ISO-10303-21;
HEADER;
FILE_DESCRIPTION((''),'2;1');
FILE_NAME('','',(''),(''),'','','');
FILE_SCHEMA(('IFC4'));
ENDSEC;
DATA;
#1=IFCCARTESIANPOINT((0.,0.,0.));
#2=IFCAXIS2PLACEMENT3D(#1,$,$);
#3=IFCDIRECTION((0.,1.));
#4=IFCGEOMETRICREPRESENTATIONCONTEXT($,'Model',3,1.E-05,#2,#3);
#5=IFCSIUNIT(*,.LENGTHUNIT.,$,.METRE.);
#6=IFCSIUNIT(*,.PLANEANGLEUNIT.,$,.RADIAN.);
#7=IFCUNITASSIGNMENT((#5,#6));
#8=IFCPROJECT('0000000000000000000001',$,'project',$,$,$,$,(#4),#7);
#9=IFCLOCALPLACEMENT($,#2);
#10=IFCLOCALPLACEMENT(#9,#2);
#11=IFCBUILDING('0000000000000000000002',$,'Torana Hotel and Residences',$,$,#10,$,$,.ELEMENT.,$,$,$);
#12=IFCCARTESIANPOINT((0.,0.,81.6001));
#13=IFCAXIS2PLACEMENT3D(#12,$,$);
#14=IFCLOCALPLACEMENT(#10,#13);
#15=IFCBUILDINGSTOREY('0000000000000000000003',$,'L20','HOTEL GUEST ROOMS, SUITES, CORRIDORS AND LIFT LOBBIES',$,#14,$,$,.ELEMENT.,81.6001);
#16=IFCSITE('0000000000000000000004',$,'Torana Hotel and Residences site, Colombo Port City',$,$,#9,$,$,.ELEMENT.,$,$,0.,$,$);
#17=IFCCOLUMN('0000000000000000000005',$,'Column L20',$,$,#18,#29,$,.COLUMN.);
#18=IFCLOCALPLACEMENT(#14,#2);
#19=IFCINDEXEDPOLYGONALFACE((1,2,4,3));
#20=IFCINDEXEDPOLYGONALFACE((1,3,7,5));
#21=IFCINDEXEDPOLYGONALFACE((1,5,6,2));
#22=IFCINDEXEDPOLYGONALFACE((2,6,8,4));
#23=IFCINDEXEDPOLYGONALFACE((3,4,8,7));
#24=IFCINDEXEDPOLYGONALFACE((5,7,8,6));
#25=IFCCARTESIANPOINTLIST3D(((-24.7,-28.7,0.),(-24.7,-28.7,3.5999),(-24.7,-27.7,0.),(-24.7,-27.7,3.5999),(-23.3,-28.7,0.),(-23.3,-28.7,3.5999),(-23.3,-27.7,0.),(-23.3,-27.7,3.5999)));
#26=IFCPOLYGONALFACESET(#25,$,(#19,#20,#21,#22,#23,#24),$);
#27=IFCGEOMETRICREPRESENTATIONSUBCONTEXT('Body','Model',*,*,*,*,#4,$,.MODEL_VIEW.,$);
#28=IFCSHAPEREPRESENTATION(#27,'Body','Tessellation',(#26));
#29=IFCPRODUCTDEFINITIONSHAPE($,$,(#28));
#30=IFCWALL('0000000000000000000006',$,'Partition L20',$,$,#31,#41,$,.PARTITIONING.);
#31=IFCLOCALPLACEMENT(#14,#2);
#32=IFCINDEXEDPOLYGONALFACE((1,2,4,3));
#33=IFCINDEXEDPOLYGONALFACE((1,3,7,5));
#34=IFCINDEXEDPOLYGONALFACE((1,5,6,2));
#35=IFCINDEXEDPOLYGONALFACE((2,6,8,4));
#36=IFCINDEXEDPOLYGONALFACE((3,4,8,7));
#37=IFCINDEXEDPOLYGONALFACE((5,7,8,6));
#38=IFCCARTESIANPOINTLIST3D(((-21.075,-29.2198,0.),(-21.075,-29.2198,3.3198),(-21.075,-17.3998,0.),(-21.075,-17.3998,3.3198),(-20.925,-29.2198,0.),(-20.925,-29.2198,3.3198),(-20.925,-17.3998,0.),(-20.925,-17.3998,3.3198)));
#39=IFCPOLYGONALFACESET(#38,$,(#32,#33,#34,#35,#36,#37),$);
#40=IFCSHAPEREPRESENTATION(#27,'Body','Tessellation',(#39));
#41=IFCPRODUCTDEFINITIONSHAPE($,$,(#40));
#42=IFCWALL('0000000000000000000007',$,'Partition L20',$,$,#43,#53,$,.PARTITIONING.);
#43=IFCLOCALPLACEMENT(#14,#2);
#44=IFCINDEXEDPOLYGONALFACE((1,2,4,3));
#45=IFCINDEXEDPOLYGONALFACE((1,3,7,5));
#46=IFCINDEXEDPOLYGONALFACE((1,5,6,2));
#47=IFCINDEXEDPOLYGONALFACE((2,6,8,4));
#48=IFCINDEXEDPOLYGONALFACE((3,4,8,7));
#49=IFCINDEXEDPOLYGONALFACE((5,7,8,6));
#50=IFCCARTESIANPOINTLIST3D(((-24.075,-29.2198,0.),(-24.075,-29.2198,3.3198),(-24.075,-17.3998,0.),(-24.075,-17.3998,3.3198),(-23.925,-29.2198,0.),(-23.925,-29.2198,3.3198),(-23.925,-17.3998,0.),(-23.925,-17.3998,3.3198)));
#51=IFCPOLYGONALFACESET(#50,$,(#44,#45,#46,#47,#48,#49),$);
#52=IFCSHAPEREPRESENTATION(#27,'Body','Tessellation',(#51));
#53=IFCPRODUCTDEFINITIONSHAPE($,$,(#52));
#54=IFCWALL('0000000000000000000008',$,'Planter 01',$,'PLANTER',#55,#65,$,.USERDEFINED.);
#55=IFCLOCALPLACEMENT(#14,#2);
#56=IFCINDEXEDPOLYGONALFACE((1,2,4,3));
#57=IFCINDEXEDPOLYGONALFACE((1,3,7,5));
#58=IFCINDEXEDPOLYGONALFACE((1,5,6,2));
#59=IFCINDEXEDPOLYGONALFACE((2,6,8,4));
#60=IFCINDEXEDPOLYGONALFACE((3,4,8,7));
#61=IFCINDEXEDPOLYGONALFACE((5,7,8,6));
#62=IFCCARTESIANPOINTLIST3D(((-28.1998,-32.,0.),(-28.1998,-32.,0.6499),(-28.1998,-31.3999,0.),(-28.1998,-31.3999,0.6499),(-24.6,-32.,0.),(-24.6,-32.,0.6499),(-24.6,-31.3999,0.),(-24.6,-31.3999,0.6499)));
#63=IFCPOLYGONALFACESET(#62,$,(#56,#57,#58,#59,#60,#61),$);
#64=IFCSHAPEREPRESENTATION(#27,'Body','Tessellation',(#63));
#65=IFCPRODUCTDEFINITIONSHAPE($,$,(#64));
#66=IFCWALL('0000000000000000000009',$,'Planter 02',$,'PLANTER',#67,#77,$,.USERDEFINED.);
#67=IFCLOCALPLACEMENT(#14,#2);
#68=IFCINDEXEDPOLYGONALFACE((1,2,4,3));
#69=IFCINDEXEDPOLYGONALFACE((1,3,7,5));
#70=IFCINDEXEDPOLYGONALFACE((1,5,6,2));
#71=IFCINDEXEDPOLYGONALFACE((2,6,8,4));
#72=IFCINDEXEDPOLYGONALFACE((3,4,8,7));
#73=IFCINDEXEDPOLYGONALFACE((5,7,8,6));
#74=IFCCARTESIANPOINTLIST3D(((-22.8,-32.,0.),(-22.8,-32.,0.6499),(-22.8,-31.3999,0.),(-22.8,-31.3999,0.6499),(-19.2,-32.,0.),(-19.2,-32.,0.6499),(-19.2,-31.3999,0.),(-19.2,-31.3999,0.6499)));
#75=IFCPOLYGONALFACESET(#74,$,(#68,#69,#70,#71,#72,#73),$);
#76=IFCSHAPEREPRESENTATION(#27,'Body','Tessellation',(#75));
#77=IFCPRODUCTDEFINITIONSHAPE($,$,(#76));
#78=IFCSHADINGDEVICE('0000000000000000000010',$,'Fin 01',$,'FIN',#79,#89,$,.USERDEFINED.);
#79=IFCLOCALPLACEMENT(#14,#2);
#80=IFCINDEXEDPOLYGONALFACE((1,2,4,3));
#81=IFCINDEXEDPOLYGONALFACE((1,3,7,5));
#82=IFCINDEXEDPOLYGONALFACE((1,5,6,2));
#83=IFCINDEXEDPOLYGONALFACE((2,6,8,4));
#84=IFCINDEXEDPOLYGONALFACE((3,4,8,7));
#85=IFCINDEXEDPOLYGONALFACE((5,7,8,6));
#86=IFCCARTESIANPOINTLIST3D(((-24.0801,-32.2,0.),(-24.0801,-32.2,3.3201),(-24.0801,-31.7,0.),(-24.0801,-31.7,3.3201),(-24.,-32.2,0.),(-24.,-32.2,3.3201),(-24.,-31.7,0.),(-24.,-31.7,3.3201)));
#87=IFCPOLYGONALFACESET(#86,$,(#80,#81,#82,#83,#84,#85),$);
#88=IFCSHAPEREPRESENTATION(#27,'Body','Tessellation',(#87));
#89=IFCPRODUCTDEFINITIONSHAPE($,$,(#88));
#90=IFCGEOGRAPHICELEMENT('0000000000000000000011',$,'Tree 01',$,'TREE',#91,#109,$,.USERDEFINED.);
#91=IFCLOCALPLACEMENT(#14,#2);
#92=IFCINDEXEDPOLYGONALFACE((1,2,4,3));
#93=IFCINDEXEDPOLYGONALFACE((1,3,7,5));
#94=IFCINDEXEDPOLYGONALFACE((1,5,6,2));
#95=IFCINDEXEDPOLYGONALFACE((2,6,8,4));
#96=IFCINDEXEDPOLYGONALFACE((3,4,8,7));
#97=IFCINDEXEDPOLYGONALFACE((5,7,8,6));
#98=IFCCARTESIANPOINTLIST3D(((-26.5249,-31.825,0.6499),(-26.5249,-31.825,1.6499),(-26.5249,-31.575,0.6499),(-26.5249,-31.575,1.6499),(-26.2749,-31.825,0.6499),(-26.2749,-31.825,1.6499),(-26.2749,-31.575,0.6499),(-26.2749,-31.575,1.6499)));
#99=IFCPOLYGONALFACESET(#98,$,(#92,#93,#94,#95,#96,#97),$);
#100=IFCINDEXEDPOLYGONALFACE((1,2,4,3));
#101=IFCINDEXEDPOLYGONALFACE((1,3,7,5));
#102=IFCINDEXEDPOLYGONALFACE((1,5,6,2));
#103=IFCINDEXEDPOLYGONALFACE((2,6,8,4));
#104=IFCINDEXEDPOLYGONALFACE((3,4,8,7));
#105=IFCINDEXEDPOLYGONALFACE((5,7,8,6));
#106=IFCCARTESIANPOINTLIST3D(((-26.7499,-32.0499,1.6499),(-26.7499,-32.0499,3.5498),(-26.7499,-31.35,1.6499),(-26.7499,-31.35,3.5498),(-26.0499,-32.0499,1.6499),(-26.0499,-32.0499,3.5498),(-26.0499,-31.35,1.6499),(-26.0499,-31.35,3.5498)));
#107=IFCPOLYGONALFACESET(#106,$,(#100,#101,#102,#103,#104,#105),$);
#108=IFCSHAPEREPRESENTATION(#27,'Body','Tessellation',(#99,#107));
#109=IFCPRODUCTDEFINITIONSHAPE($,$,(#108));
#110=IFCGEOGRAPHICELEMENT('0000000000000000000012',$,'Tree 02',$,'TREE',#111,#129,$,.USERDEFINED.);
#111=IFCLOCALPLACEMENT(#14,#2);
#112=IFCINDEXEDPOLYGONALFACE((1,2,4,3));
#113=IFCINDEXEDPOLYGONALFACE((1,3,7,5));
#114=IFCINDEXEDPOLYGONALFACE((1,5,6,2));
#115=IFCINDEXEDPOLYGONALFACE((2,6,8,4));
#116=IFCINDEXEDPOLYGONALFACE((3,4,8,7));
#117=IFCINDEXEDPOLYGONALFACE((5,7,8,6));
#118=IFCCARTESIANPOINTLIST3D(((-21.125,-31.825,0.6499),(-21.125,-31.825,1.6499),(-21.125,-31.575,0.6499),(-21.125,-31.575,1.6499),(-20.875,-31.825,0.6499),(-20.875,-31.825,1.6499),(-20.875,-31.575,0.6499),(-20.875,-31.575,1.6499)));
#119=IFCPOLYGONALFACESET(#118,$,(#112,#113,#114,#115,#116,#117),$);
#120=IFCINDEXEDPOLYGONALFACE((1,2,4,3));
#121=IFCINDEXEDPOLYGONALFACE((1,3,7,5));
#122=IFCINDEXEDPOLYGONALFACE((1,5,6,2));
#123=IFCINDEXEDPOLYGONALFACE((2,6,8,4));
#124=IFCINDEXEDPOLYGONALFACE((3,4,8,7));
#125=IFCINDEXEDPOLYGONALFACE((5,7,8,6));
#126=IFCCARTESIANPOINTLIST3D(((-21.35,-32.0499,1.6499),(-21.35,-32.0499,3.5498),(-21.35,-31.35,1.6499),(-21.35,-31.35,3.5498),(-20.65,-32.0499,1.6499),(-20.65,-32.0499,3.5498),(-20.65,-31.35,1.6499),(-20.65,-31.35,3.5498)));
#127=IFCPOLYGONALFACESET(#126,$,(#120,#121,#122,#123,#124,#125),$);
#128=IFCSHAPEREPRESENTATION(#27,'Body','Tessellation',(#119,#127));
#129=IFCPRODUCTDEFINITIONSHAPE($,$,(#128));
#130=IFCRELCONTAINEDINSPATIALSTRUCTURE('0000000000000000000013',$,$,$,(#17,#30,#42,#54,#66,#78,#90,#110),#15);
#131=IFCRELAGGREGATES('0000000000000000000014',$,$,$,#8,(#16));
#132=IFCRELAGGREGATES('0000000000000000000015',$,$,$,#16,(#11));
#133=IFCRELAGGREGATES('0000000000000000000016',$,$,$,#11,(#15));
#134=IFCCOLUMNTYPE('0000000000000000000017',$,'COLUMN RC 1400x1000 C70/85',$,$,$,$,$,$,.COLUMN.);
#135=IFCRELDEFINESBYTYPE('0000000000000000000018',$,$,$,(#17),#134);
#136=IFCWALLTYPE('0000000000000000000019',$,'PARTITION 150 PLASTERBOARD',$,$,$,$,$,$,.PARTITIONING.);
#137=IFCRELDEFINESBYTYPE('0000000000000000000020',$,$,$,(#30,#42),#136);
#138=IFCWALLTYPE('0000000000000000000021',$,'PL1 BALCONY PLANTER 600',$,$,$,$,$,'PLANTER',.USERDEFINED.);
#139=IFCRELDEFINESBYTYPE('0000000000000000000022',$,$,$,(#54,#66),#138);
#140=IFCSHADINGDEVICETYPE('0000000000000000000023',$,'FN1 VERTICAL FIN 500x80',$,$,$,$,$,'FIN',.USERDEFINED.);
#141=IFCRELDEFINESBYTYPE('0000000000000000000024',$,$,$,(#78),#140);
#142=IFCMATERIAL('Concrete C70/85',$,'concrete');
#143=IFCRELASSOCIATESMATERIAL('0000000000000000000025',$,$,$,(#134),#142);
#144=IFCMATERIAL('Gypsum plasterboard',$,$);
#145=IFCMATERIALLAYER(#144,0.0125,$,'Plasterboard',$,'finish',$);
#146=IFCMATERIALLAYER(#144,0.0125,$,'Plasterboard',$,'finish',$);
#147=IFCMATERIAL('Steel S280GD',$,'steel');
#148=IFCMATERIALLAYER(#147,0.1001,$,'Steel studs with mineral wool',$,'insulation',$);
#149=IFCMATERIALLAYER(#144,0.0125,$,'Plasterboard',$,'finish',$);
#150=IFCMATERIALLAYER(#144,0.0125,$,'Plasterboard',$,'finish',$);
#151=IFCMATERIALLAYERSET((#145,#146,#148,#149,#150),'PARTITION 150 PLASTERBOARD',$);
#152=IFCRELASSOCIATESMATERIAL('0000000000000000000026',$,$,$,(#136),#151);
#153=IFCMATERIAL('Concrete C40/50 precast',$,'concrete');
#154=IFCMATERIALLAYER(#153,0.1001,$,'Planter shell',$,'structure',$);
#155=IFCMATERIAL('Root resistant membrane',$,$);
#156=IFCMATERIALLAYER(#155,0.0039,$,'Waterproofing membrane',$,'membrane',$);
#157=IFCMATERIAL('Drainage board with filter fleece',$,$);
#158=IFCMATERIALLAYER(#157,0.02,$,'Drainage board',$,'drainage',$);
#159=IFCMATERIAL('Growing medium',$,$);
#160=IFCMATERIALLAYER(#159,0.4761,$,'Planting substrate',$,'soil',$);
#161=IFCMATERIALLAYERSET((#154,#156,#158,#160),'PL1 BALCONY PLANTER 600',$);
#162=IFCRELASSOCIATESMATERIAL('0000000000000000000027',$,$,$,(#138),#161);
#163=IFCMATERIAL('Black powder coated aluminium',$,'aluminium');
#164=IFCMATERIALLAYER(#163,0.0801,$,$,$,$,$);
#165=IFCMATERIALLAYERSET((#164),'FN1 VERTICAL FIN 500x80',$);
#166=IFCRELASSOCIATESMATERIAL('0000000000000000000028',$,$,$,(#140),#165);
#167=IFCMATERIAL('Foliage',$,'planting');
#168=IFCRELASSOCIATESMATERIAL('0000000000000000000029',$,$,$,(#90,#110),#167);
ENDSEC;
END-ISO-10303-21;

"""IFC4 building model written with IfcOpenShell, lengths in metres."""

from ifc_helpers import new_model, si_unit, direction, frame, frame_2d, origin, origin_2d, place, context, subcontext, project, spatial, rectangle, extrude, material, layer, layer_set, material_profile, profile_set, type_object, element, save


model = new_model("IFC4")

# Units and contexts
model_context = context("Model", 3, precision=1e-05, world=origin(), true_north=direction((0.0, 1.0)))
body_context = subcontext(model_context, "Body", "Model", "MODEL_VIEW")
ifc_project = project(units=[si_unit("LENGTHUNIT", "METRE"), si_unit("PLANEANGLEUNIT", "RADIAN")], contexts=[model_context])

# Site, building, storey
site_placement = place(None, origin())
site = spatial("IfcSite", under=ifc_project, at=site_placement, Name="Torana Hotel and Residences site, Colombo Port City", CompositionType="ELEMENT", RefElevation=0.0)
building_placement = place(site_placement, origin())
building = spatial("IfcBuilding", under=site, at=building_placement, Name="Torana Hotel and Residences", CompositionType="ELEMENT")
storey_placement = place(building_placement, frame((0.0, 0.0, 81.6001)))
storey = spatial("IfcBuildingStorey", under=building, at=storey_placement, Name="L20", Description="HOTEL GUEST ROOMS, SUITES, CORRIDORS AND LIFT LOBBIES", CompositionType="ELEMENT", Elevation=81.6001)

# Column
ifc_material_1 = material(Name="Concrete C70/85", Category="concrete")
ifc_material_profile = material_profile(ifc_material_1, rectangle(XDim=1.3999, YDim=1.0, at=origin_2d()), Name="RC 1400x1000")
ifc_profile_set = profile_set([ifc_material_profile], Name="Concrete C70/85")
column_type = type_object("IfcColumnType", Name="COLUMN RC 1400x1000 C70/85", PredefinedType="COLUMN", material=ifc_profile_set)
column_placement = place(storey_placement, frame((-24.0, -28.2, 0.0), z_axis=(0.0, 0.0, 1.0), x_axis=(1.0, 0.0, 0.0)))
element("IfcColumn", 1, at=column_placement, inside=storey, type_object=column_type, Name="Column L20", PredefinedType="COLUMN", context=body_context, shape_type="SweptSolid", body=[
    extrude(rectangle(XDim=1.3999, YDim=1.0, at=origin_2d()), origin(), (0.0, 0.0, 1.0), 3.5999),
])

# Walls
ifc_material_2 = material(Name="Gypsum plasterboard")
ifc_layer_1 = layer(ifc_material_2, 0.0125, Name="Plasterboard", Category="finish")
ifc_layer_2 = layer(ifc_material_2, 0.0125, Name="Plasterboard", Category="finish")
ifc_material_3 = material(Name="Steel S280GD", Category="steel")
ifc_layer_3 = layer(ifc_material_3, 0.1001, Name="Steel studs with mineral wool", Category="insulation")
ifc_layer_4 = layer(ifc_material_2, 0.0125, Name="Plasterboard", Category="finish")
ifc_layer_5 = layer(ifc_material_2, 0.0125, Name="Plasterboard", Category="finish")
ifc_layer_set_1 = layer_set([ifc_layer_1, ifc_layer_2, ifc_layer_3, ifc_layer_4, ifc_layer_5], Name="PARTITION 150 PLASTERBOARD")
wall_type_1 = type_object("IfcWallType", Name="PARTITION 150 PLASTERBOARD", PredefinedType="PARTITIONING", material=ifc_layer_set_1)
for number, where, z_axis, x_axis, name in (
    (2, (-21.0, -29.22, 0.0), (0.0, 0.0, 1.0), (0.0, 1.0, 0.0), "Partition L20"),
    (3, (-24.0, -29.22, 0.0), (0.0, 0.0, 1.0), (0.0, 1.0, 0.0), "Partition L20"),
):
    element("IfcWall", number, at=place(storey_placement, frame(where, z_axis=z_axis, x_axis=x_axis)), inside=storey, type_object=wall_type_1, Name=name, PredefinedType="PARTITIONING", context=body_context, shape_type="SweptSolid", body=[
        extrude(rectangle(XDim=11.8201, YDim=0.1499, at=frame_2d((5.9102, 0.0))), origin(), (0.0, 0.0, 1.0), 3.3198),
    ])
ifc_material_4 = material(Name="Concrete C40/50 precast", Category="concrete")
ifc_layer_6 = layer(ifc_material_4, 0.1001, Name="Planter shell", Category="structure")
ifc_material_5 = material(Name="Root resistant membrane")
ifc_layer_7 = layer(ifc_material_5, 0.0039, Name="Waterproofing membrane", Category="membrane")
ifc_material_6 = material(Name="Drainage board with filter fleece")
ifc_layer_8 = layer(ifc_material_6, 0.02, Name="Drainage board", Category="drainage")
ifc_material_7 = material(Name="Growing medium")
ifc_layer_9 = layer(ifc_material_7, 0.4761, Name="Planting substrate", Category="soil")
ifc_layer_set_2 = layer_set([ifc_layer_6, ifc_layer_7, ifc_layer_8, ifc_layer_9], Name="PL1 BALCONY PLANTER 600")
wall_type_2 = type_object("IfcWallType", Name="PL1 BALCONY PLANTER 600", ElementType="PLANTER", PredefinedType="USERDEFINED", material=ifc_layer_set_2)
wall_1_placement = place(storey_placement, frame((-24.6001, -31.7, 0.0), z_axis=(0.0, 0.0, 1.0), x_axis=(-1.0, 0.0, 0.0)))
element("IfcWall", 4, at=wall_1_placement, inside=storey, type_object=wall_type_2, Name="Planter 01", ObjectType="PLANTER", PredefinedType="USERDEFINED", context=body_context, shape_type="SweptSolid", body=[
    extrude(rectangle(XDim=3.5999, YDim=0.6001, at=frame_2d((1.7998, 0.0))), origin(), (0.0, 0.0, 1.0), 0.6499),
])
wall_2_placement = place(storey_placement, frame((-19.2, -31.7, 0.0), z_axis=(0.0, 0.0, 1.0), x_axis=(-1.0, 0.0, 0.0)))
element("IfcWall", 5, at=wall_2_placement, inside=storey, type_object=wall_type_2, Name="Planter 02", ObjectType="PLANTER", PredefinedType="USERDEFINED", context=body_context, shape_type="SweptSolid", body=[
    extrude(rectangle(XDim=3.6001, YDim=0.6001, at=frame_2d((1.8, 0.0))), origin(), (0.0, 0.0, 1.0), 0.6499),
])

# Shading device
ifc_material_8 = material(Name="Black powder coated aluminium", Category="aluminium")
ifc_layer_10 = layer(ifc_material_8, 0.0801)
ifc_layer_set_3 = layer_set([ifc_layer_10], Name="FN1 VERTICAL FIN 500x80")
shading_device_type = type_object("IfcShadingDeviceType", Name="FN1 VERTICAL FIN 500x80", ElementType="FIN", PredefinedType="USERDEFINED", material=ifc_layer_set_3)
shading_device_placement = place(storey_placement, frame((-24.04, -31.95, 0.0), z_axis=(0.0, 0.0, 1.0), x_axis=(-1.0, 0.0, 0.0)))
element("IfcShadingDevice", 6, at=shading_device_placement, inside=storey, type_object=shading_device_type, Name="Fin 01", ObjectType="FIN", PredefinedType="USERDEFINED", context=body_context, shape_type="SweptSolid", body=[
    extrude(rectangle(XDim=0.0801, YDim=0.5, at=origin_2d()), origin(), (0.0, 0.0, 1.0), 3.3201),
])

# Geographic elements
ifc_material_9 = material(Name="Foliage", Category="planting")
for number, where, z_axis, x_axis, name in (
    (7, (-26.3999, -31.7, 0.6499), (0.0, 0.0, 1.0), (1.0, 0.0, 0.0), "Tree 01"),
    (8, (-21.0, -31.7, 0.6499), (0.0, 0.0, 1.0), (1.0, 0.0, 0.0), "Tree 02"),
):
    element("IfcGeographicElement", number, at=place(storey_placement, frame(where, z_axis=z_axis, x_axis=x_axis)), inside=storey, material=ifc_material_9, Name=name, ObjectType="TREE", PredefinedType="USERDEFINED", context=body_context, shape_type="SweptSolid", body=[
        extrude(rectangle(XDim=0.25, YDim=0.25, at=origin_2d()), origin(), (0.0, 0.0, 1.0), 1.0),
        extrude(rectangle(XDim=0.7, YDim=0.7, at=origin_2d()), frame((0.0, 0.0, 1.0)), (0.0, 0.0, 1.0), 1.8999),
    ])

save(model, "model.ifc")
